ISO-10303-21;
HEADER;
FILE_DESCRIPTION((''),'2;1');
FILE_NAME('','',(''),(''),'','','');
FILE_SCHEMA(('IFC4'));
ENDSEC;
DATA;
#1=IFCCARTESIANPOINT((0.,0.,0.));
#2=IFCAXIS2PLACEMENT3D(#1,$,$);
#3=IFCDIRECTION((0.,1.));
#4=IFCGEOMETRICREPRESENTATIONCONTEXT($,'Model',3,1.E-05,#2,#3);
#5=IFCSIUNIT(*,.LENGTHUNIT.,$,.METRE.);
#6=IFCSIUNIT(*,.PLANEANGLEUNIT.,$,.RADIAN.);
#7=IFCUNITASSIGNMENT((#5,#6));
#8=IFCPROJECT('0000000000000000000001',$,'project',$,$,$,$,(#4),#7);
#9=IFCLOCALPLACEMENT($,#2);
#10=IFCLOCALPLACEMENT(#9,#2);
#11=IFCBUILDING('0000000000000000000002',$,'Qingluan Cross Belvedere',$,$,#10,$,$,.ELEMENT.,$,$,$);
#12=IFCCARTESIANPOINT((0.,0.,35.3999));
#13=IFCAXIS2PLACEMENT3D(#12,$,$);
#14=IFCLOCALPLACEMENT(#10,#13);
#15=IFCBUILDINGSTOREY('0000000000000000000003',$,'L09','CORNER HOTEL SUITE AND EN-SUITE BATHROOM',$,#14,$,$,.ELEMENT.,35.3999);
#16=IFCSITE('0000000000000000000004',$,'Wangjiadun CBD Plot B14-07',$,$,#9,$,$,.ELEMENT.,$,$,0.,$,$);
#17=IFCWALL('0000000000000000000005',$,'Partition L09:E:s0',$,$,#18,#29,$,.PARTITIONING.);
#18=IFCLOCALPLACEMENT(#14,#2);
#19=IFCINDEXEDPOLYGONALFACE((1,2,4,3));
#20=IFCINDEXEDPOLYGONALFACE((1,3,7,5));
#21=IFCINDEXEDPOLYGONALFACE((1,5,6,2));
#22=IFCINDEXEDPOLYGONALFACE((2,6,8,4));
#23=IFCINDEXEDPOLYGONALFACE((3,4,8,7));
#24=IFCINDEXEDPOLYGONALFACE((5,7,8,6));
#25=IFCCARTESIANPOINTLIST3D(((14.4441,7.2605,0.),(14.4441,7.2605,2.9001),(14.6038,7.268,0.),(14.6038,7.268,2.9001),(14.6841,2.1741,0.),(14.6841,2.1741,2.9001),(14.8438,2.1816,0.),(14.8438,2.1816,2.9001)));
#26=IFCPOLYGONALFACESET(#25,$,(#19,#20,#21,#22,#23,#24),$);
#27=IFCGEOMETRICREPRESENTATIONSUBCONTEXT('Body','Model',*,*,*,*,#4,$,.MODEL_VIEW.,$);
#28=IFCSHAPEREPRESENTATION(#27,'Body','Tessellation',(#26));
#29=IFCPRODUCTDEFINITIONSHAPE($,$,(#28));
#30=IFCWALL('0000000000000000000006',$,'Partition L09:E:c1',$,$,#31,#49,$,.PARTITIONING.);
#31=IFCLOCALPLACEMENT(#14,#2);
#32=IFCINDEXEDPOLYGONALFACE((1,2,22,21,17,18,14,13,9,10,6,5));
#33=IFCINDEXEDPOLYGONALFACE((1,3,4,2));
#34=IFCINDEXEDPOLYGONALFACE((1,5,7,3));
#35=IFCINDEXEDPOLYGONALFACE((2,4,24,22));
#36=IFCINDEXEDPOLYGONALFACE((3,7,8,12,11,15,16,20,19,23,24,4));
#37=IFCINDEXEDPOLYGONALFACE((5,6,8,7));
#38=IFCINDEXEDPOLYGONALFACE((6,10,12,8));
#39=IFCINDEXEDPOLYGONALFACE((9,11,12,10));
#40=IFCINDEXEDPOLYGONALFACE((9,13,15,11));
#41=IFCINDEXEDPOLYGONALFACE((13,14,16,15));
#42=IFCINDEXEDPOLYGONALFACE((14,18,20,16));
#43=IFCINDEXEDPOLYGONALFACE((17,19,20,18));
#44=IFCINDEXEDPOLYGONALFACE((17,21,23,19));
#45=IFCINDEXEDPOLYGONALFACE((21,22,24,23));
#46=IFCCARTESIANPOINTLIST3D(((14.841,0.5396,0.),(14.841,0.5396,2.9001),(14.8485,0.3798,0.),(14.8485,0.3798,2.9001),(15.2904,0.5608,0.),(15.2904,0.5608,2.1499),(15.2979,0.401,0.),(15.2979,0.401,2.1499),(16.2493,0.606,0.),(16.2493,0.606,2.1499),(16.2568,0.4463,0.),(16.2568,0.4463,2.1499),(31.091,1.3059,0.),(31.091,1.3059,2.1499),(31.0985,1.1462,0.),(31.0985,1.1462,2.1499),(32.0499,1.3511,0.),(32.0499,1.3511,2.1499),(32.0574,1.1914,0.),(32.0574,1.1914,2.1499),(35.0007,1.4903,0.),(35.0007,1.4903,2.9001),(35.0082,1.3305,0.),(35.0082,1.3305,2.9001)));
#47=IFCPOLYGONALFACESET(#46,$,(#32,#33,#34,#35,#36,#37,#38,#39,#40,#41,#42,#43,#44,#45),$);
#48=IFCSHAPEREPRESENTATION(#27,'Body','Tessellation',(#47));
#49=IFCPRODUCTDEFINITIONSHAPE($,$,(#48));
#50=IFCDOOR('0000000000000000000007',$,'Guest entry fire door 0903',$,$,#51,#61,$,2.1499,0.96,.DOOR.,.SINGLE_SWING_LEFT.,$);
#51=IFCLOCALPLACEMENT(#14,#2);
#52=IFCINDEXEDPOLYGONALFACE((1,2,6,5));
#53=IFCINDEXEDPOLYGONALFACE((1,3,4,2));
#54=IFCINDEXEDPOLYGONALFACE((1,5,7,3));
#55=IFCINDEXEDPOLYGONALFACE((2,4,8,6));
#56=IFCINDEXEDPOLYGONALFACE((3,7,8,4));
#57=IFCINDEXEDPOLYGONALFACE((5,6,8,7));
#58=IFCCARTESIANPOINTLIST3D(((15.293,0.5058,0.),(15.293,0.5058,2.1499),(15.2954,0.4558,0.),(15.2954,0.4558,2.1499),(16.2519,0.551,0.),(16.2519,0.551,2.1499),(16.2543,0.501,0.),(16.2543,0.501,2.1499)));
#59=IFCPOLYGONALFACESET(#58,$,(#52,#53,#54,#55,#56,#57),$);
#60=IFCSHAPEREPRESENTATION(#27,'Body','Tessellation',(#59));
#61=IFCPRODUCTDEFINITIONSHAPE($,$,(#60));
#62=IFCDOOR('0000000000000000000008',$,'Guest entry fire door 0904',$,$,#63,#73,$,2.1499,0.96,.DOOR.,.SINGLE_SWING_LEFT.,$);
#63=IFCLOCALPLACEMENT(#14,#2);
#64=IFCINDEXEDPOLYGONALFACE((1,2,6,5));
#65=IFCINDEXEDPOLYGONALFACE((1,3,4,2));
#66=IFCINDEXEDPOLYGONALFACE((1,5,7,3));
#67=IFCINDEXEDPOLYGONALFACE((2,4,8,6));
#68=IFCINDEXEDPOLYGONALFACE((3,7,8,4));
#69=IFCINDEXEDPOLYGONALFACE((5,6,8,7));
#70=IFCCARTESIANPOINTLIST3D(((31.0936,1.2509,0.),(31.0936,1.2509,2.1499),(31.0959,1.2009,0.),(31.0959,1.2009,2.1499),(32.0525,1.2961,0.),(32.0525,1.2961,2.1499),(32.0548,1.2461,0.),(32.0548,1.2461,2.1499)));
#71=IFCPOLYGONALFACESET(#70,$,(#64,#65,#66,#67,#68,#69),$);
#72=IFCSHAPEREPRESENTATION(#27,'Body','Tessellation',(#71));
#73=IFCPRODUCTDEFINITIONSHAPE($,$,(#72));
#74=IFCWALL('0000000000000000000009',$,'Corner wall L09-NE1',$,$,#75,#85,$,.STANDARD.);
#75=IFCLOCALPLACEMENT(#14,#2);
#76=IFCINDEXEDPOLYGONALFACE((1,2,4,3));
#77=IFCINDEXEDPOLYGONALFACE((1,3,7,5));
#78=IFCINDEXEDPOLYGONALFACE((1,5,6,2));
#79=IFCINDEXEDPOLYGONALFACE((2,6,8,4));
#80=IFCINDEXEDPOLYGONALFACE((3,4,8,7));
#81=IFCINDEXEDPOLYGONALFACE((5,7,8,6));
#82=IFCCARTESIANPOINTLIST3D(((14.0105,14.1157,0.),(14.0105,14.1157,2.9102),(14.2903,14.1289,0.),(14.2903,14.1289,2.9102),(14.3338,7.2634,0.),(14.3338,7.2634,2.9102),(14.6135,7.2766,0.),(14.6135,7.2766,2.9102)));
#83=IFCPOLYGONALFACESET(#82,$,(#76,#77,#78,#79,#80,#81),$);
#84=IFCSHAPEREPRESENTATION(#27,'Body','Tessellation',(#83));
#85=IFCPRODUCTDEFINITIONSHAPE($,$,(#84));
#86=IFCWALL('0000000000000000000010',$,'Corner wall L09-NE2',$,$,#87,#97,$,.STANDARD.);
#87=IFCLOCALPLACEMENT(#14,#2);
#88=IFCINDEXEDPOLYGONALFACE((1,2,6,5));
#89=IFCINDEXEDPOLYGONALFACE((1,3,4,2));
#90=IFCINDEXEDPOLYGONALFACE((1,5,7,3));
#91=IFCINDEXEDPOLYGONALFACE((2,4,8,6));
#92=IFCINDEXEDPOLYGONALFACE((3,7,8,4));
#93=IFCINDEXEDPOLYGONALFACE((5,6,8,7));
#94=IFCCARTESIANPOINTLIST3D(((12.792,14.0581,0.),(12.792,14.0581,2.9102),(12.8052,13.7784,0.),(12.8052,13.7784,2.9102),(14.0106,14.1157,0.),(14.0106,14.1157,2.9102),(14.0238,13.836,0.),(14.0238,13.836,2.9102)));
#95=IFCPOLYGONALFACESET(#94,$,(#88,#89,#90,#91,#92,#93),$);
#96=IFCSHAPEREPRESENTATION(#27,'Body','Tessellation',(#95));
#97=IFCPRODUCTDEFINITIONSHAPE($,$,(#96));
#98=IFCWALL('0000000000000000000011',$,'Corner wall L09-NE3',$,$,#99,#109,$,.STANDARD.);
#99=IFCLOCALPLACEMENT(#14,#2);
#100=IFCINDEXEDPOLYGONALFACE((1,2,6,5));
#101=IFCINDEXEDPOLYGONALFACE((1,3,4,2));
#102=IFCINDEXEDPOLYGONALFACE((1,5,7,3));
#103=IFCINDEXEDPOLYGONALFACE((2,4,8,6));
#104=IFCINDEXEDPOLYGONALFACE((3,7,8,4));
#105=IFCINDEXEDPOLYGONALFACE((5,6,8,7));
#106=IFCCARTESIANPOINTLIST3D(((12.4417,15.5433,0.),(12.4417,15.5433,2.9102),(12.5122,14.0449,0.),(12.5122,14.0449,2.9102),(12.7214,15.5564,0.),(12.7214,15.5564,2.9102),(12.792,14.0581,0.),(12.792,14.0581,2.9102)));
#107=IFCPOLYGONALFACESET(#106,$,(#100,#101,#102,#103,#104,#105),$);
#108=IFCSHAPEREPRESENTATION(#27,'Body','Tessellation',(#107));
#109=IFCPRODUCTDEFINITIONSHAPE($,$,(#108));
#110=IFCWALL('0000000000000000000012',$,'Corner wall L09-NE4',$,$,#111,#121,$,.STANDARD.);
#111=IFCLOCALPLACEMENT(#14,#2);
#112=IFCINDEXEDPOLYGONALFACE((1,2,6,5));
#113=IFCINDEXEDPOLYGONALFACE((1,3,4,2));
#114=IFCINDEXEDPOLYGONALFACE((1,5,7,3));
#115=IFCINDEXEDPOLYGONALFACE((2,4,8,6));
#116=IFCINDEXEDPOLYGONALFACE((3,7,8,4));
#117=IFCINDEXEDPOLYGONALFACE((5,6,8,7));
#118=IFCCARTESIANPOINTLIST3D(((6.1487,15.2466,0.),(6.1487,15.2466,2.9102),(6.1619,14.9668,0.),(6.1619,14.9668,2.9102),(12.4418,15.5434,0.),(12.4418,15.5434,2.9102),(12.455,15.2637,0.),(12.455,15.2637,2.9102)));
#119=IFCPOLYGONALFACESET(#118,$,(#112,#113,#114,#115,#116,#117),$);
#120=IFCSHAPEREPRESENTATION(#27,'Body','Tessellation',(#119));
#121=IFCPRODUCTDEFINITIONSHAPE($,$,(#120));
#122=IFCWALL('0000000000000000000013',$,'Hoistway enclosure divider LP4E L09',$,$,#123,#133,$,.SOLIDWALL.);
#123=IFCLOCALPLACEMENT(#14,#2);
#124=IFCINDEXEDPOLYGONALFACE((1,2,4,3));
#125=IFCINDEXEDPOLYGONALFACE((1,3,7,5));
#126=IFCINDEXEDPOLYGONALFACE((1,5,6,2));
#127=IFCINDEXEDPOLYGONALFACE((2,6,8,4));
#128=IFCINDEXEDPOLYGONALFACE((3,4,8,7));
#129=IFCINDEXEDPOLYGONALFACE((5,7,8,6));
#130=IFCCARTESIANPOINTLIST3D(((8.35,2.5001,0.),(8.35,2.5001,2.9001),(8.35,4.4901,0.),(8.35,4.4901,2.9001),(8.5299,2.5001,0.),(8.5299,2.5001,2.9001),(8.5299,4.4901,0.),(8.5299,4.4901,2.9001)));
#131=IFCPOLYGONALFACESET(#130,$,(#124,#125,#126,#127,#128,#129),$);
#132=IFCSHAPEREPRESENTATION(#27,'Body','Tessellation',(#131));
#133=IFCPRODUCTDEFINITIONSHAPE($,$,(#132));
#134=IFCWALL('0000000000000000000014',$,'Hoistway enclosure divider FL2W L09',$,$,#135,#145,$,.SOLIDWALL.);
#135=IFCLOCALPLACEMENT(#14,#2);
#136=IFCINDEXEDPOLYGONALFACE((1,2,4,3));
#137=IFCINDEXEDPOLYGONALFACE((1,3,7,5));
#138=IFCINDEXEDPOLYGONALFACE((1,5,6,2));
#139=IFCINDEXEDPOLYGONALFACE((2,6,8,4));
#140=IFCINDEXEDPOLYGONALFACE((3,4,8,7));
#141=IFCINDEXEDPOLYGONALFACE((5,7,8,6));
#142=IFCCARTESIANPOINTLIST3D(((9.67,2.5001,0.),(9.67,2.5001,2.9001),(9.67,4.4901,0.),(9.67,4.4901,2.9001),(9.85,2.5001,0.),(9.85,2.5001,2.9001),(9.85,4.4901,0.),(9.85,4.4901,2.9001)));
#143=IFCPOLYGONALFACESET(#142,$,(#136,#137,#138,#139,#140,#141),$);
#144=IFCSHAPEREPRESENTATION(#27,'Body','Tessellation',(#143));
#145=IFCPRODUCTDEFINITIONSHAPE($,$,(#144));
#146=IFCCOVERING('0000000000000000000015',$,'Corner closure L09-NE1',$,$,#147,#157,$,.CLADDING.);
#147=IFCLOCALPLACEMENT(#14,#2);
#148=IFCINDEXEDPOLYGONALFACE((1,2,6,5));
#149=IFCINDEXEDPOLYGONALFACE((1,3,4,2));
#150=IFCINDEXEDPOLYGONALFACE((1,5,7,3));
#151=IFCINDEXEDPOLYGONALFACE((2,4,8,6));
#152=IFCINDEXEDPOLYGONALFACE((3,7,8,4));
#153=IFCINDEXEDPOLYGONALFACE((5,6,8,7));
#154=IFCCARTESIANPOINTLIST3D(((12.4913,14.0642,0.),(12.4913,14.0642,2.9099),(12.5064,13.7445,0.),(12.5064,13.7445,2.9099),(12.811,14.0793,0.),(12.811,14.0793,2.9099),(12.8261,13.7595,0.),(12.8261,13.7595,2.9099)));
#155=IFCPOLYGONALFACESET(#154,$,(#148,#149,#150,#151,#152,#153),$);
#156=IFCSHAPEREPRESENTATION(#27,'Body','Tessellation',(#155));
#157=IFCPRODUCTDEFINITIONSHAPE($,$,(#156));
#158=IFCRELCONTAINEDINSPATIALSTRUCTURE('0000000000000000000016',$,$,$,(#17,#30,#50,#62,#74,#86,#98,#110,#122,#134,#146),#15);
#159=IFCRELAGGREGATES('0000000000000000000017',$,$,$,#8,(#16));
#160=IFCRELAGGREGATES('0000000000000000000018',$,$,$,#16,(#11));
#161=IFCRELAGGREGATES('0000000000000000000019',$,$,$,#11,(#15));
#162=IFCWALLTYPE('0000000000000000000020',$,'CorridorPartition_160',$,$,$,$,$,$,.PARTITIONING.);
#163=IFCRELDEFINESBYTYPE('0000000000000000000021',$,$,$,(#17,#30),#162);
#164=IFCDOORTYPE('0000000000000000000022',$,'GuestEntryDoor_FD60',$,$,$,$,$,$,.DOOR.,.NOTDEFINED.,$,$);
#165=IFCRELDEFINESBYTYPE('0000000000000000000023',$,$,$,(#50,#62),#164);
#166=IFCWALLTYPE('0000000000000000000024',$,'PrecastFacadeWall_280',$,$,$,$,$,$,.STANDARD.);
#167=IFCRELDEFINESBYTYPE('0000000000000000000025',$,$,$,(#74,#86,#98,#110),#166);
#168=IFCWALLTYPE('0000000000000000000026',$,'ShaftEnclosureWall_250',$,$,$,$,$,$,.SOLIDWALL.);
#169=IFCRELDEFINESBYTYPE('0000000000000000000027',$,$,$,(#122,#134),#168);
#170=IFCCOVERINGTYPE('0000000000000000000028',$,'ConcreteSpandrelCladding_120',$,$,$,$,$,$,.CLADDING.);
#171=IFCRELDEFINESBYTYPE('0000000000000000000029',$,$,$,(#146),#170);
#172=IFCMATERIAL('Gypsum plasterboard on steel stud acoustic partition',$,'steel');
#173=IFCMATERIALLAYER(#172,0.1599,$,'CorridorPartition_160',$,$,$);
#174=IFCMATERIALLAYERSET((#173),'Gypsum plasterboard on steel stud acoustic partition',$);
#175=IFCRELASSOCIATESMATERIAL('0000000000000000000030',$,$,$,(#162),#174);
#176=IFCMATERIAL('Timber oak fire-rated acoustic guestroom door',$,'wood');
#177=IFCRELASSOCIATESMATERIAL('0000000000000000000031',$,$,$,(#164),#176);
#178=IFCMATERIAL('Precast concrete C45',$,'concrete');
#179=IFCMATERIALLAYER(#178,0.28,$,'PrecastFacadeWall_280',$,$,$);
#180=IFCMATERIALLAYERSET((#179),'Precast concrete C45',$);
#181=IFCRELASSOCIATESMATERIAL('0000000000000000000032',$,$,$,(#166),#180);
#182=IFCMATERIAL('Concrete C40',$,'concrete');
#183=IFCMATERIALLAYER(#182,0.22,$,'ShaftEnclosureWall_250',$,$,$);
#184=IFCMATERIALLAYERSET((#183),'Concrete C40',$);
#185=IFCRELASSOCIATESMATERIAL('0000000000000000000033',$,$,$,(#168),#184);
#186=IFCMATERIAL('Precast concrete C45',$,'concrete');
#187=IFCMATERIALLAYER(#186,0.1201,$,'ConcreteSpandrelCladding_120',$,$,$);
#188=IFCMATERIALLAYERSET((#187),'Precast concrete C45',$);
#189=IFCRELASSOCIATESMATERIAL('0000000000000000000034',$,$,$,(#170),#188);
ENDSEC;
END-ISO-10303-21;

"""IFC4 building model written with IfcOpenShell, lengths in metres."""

from ifc_helpers import new_model, si_unit, direction, frame, frame_2d, origin, origin_2d, place, context, subcontext, project, spatial, rectangle, extrude, material, layer, layer_set, type_object, element, fill, save


model = new_model("IFC4")

# Units and contexts
model_context = context("Model", 3, precision=1e-05, world=origin(), true_north=direction((0.0, 1.0)))
body_context = subcontext(model_context, "Body", "Model", "MODEL_VIEW")
ifc_project = project(units=[si_unit("LENGTHUNIT", "METRE"), si_unit("PLANEANGLEUNIT", "RADIAN")], contexts=[model_context])

# Site, building, storey
site_placement = place(None, origin())
site = spatial("IfcSite", under=ifc_project, at=site_placement, Name="Wangjiadun CBD Plot B14-07", CompositionType="ELEMENT", RefElevation=0.0)
building_placement = place(site_placement, origin())
building = spatial("IfcBuilding", under=site, at=building_placement, Name="Qingluan Cross Belvedere", CompositionType="ELEMENT")
storey_placement = place(building_placement, frame((0.0, 0.0, 35.3999)))
storey = spatial("IfcBuildingStorey", under=building, at=storey_placement, Name="L09", Description="CORNER HOTEL SUITE AND EN-SUITE BATHROOM", CompositionType="ELEMENT", Elevation=35.3999)

# Shared definitions
ifc_material_1 = material(Name="Gypsum plasterboard on steel stud acoustic partition", Category="steel")
ifc_layer_1 = layer(ifc_material_1, 0.1599, Name="CorridorPartition_160")
ifc_layer_set_1 = layer_set([ifc_layer_1], Name="Gypsum plasterboard on steel stud acoustic partition")
wall_type_1 = type_object("IfcWallType", Name="CorridorPartition_160", PredefinedType="PARTITIONING", material=ifc_layer_set_1)
ifc_material_2 = material(Name="Timber oak fire-rated acoustic guestroom door", Category="wood")
door_type = type_object("IfcDoorType", Name="GuestEntryDoor_FD60", OperationType="NOTDEFINED", PredefinedType="DOOR", material=ifc_material_2)

# Wall
wall_1_placement = place(storey_placement, frame((14.7639, 2.178, 0.0), z_axis=(0.0, 0.0, 1.0), x_axis=(-0.04713, 0.998889, 0.0)))
element("IfcWall", 1, at=wall_1_placement, inside=storey, type_object=wall_type_1, Name="Partition L09:E:s0", PredefinedType="PARTITIONING", context=body_context, shape_type="SweptSolid", body=[
    extrude(rectangle(XDim=5.092, YDim=0.1599, at=frame_2d((2.5459, 0.0))), origin(), (0.0, 0.0, 1.0), 2.9001),
])

# Wall, openings, doors
wall_2_placement = place(storey_placement, frame((14.8447, 0.4597, 0.0), z_axis=(0.0, 0.0, 1.0), x_axis=(0.99889, 0.047105, 0.0)))
wall_2 = element("IfcWall", 2, at=wall_2_placement, inside=storey, type_object=wall_type_1, Name="Partition L09:E:c1", PredefinedType="PARTITIONING", context=body_context, shape_type="SweptSolid", body=[
    extrude(rectangle(XDim=20.1821, YDim=0.1599, at=frame_2d((10.0911, 0.0))), origin(), (0.0, 0.0, 1.0), 2.9001),
])
opening_1_placement = place(wall_2_placement, frame((0.45, 0.0, 0.0)))
opening_1 = element("IfcOpeningElement", 3, at=opening_1_placement, cuts=wall_2, PredefinedType="OPENING", context=body_context, shape_type="SweptSolid", body=[
    extrude(rectangle(XDim=0.96, YDim=2.1499, at=frame_2d((0.48, 1.075))), frame((0.0, 0.0898, 0.0), z_axis=(0.0, -1.0, 0.0), x_axis=(1.0, 0.0, 0.0)), (0.0, 0.0, 1.0), 0.1799),
])
opening_2_placement = place(wall_2_placement, frame((16.2681, 0.0, 0.0)))
opening_2 = element("IfcOpeningElement", 4, at=opening_2_placement, cuts=wall_2, PredefinedType="OPENING", context=body_context, shape_type="SweptSolid", body=[
    extrude(rectangle(XDim=0.96, YDim=2.1499, at=frame_2d((0.48, 1.075))), frame((0.0, 0.0898, 0.0), z_axis=(0.0, -1.0, 0.0), x_axis=(1.0, 0.0, 0.0)), (0.0, 0.0, 1.0), 0.1799),
])
door_1_placement = place(opening_1_placement, origin())
door_1 = element("IfcDoor", 5, at=door_1_placement, inside=storey, type_object=door_type, Name="Guest entry fire door 0903", OperationType="SINGLE_SWING_LEFT", OverallHeight=2.1499, OverallWidth=0.96, PredefinedType="DOOR", context=body_context, shape_type="SweptSolid", body=[
    extrude(rectangle(XDim=0.96, YDim=2.1499, at=frame_2d((0.48, 1.075))), frame((0.0, 0.0249, 0.0), z_axis=(0.0, -1.0, 0.0), x_axis=(1.0, 0.0, 0.0)), (0.0, 0.0, 1.0), 0.05),
])
fill(opening_1, door_1)
door_2_placement = place(opening_2_placement, origin())
door_2 = element("IfcDoor", 6, at=door_2_placement, inside=storey, type_object=door_type, Name="Guest entry fire door 0904", OperationType="SINGLE_SWING_LEFT", OverallHeight=2.1499, OverallWidth=0.96, PredefinedType="DOOR", context=body_context, shape_type="SweptSolid", body=[
    extrude(rectangle(XDim=0.96, YDim=2.1499, at=frame_2d((0.48, 1.075))), frame((0.0, 0.0249, 0.0), z_axis=(0.0, -1.0, 0.0), x_axis=(1.0, 0.0, 0.0)), (0.0, 0.0, 1.0), 0.05),
])
fill(opening_2, door_2)

# Walls
ifc_material_3 = material(Name="Precast concrete C45", Category="concrete")
ifc_layer_2 = layer(ifc_material_3, 0.28, Name="PrecastFacadeWall_280")
ifc_layer_set_2 = layer_set([ifc_layer_2], Name="Precast concrete C45")
wall_type_2 = type_object("IfcWallType", Name="PrecastFacadeWall_280", PredefinedType="STANDARD", material=ifc_layer_set_2)
wall_3_placement = place(storey_placement, frame((14.4736, 7.27, 0.0), z_axis=(0.0, 0.0, 1.0), x_axis=(-0.04712, 0.998889, 0.0)))
element("IfcWall", 7, at=wall_3_placement, inside=storey, type_object=wall_type_2, Name="Corner wall L09-NE1", PredefinedType="STANDARD", context=body_context, shape_type="SweptSolid", body=[
    extrude(rectangle(XDim=6.8599, YDim=0.28, at=frame_2d((3.4299, 0.0))), origin(), (0.0, 0.0, 1.0), 2.9102),
])
wall_4_placement = place(storey_placement, frame((14.0171, 13.9758, 0.0), z_axis=(0.0, 0.0, 1.0), x_axis=(-0.998884, -0.047232, 0.0)))
element("IfcWall", 8, at=wall_4_placement, inside=storey, type_object=wall_type_2, Name="Corner wall L09-NE2", PredefinedType="STANDARD", context=body_context, shape_type="SweptSolid", body=[
    extrude(rectangle(XDim=1.22, YDim=0.28, at=frame_2d((0.6099, 0.0))), origin(), (0.0, 0.0, 1.0), 2.9102),
])
wall_5_placement = place(storey_placement, frame((12.6521, 14.0515, 0.0), z_axis=(0.0, 0.0, 1.0), x_axis=(-0.047039, 0.998893, 0.0)))
element("IfcWall", 9, at=wall_5_placement, inside=storey, type_object=wall_type_2, Name="Corner wall L09-NE3", PredefinedType="STANDARD", context=body_context, shape_type="SweptSolid", body=[
    extrude(rectangle(XDim=1.5, YDim=0.28, at=frame_2d((0.75, 0.0))), origin(), (0.0, 0.0, 1.0), 2.9102),
])
wall_6_placement = place(storey_placement, frame((12.4482, 15.4036, 0.0), z_axis=(0.0, 0.0, 1.0), x_axis=(-0.998889, -0.047123, 0.0)))
element("IfcWall", 10, at=wall_6_placement, inside=storey, type_object=wall_type_2, Name="Corner wall L09-NE4", PredefinedType="STANDARD", context=body_context, shape_type="SweptSolid", body=[
    extrude(rectangle(XDim=6.3, YDim=0.28, at=frame_2d((3.1499, 0.0))), origin(), (0.0, 0.0, 1.0), 2.9102),
])
ifc_material_4 = material(Name="Concrete C40", Category="concrete")
ifc_layer_3 = layer(ifc_material_4, 0.22, Name="ShaftEnclosureWall_250")
ifc_layer_set_3 = layer_set([ifc_layer_3], Name="Concrete C40")
wall_type_3 = type_object("IfcWallType", Name="ShaftEnclosureWall_250", PredefinedType="SOLIDWALL", material=ifc_layer_set_3)
for number, where, z_axis, x_axis, name in (
    (11, (8.4399, 2.5, 0.0), (0.0, 0.0, 1.0), (0.0, 1.0, 0.0), "Hoistway enclosure divider LP4E L09"),
    (12, (9.76, 2.5, 0.0), (0.0, 0.0, 1.0), (0.0, 1.0, 0.0), "Hoistway enclosure divider FL2W L09"),
):
    element("IfcWall", number, at=place(storey_placement, frame(where, z_axis=z_axis, x_axis=x_axis)), inside=storey, type_object=wall_type_3, Name=name, PredefinedType="SOLIDWALL", context=body_context, shape_type="SweptSolid", body=[
        extrude(rectangle(XDim=1.99, YDim=0.1799, at=frame_2d((0.9951, 0.0))), origin(), (0.0, 0.0, 1.0), 2.9001),
    ])

# Covering
ifc_material_5 = material(Name="Precast concrete C45", Category="concrete")
ifc_layer_4 = layer(ifc_material_5, 0.1201, Name="ConcreteSpandrelCladding_120")
ifc_layer_set_4 = layer_set([ifc_layer_4], Name="Precast concrete C45")
covering_type = type_object("IfcCoveringType", Name="ConcreteSpandrelCladding_120", PredefinedType="CLADDING", material=ifc_layer_set_4)
covering_placement = place(storey_placement, frame((12.6587, 13.9119, 0.0), z_axis=(0.0, 0.0, 1.0), x_axis=(0.99889, 0.047106, 0.0)))
element("IfcCovering", 13, at=covering_placement, inside=storey, type_object=covering_type, Name="Corner closure L09-NE1", PredefinedType="CLADDING", context=body_context, shape_type="SweptSolid", body=[
    extrude(rectangle(XDim=0.3201, YDim=0.3201, at=origin_2d()), origin(), (0.0, 0.0, 1.0), 2.9099),
])

save(model, "model.ifc")
